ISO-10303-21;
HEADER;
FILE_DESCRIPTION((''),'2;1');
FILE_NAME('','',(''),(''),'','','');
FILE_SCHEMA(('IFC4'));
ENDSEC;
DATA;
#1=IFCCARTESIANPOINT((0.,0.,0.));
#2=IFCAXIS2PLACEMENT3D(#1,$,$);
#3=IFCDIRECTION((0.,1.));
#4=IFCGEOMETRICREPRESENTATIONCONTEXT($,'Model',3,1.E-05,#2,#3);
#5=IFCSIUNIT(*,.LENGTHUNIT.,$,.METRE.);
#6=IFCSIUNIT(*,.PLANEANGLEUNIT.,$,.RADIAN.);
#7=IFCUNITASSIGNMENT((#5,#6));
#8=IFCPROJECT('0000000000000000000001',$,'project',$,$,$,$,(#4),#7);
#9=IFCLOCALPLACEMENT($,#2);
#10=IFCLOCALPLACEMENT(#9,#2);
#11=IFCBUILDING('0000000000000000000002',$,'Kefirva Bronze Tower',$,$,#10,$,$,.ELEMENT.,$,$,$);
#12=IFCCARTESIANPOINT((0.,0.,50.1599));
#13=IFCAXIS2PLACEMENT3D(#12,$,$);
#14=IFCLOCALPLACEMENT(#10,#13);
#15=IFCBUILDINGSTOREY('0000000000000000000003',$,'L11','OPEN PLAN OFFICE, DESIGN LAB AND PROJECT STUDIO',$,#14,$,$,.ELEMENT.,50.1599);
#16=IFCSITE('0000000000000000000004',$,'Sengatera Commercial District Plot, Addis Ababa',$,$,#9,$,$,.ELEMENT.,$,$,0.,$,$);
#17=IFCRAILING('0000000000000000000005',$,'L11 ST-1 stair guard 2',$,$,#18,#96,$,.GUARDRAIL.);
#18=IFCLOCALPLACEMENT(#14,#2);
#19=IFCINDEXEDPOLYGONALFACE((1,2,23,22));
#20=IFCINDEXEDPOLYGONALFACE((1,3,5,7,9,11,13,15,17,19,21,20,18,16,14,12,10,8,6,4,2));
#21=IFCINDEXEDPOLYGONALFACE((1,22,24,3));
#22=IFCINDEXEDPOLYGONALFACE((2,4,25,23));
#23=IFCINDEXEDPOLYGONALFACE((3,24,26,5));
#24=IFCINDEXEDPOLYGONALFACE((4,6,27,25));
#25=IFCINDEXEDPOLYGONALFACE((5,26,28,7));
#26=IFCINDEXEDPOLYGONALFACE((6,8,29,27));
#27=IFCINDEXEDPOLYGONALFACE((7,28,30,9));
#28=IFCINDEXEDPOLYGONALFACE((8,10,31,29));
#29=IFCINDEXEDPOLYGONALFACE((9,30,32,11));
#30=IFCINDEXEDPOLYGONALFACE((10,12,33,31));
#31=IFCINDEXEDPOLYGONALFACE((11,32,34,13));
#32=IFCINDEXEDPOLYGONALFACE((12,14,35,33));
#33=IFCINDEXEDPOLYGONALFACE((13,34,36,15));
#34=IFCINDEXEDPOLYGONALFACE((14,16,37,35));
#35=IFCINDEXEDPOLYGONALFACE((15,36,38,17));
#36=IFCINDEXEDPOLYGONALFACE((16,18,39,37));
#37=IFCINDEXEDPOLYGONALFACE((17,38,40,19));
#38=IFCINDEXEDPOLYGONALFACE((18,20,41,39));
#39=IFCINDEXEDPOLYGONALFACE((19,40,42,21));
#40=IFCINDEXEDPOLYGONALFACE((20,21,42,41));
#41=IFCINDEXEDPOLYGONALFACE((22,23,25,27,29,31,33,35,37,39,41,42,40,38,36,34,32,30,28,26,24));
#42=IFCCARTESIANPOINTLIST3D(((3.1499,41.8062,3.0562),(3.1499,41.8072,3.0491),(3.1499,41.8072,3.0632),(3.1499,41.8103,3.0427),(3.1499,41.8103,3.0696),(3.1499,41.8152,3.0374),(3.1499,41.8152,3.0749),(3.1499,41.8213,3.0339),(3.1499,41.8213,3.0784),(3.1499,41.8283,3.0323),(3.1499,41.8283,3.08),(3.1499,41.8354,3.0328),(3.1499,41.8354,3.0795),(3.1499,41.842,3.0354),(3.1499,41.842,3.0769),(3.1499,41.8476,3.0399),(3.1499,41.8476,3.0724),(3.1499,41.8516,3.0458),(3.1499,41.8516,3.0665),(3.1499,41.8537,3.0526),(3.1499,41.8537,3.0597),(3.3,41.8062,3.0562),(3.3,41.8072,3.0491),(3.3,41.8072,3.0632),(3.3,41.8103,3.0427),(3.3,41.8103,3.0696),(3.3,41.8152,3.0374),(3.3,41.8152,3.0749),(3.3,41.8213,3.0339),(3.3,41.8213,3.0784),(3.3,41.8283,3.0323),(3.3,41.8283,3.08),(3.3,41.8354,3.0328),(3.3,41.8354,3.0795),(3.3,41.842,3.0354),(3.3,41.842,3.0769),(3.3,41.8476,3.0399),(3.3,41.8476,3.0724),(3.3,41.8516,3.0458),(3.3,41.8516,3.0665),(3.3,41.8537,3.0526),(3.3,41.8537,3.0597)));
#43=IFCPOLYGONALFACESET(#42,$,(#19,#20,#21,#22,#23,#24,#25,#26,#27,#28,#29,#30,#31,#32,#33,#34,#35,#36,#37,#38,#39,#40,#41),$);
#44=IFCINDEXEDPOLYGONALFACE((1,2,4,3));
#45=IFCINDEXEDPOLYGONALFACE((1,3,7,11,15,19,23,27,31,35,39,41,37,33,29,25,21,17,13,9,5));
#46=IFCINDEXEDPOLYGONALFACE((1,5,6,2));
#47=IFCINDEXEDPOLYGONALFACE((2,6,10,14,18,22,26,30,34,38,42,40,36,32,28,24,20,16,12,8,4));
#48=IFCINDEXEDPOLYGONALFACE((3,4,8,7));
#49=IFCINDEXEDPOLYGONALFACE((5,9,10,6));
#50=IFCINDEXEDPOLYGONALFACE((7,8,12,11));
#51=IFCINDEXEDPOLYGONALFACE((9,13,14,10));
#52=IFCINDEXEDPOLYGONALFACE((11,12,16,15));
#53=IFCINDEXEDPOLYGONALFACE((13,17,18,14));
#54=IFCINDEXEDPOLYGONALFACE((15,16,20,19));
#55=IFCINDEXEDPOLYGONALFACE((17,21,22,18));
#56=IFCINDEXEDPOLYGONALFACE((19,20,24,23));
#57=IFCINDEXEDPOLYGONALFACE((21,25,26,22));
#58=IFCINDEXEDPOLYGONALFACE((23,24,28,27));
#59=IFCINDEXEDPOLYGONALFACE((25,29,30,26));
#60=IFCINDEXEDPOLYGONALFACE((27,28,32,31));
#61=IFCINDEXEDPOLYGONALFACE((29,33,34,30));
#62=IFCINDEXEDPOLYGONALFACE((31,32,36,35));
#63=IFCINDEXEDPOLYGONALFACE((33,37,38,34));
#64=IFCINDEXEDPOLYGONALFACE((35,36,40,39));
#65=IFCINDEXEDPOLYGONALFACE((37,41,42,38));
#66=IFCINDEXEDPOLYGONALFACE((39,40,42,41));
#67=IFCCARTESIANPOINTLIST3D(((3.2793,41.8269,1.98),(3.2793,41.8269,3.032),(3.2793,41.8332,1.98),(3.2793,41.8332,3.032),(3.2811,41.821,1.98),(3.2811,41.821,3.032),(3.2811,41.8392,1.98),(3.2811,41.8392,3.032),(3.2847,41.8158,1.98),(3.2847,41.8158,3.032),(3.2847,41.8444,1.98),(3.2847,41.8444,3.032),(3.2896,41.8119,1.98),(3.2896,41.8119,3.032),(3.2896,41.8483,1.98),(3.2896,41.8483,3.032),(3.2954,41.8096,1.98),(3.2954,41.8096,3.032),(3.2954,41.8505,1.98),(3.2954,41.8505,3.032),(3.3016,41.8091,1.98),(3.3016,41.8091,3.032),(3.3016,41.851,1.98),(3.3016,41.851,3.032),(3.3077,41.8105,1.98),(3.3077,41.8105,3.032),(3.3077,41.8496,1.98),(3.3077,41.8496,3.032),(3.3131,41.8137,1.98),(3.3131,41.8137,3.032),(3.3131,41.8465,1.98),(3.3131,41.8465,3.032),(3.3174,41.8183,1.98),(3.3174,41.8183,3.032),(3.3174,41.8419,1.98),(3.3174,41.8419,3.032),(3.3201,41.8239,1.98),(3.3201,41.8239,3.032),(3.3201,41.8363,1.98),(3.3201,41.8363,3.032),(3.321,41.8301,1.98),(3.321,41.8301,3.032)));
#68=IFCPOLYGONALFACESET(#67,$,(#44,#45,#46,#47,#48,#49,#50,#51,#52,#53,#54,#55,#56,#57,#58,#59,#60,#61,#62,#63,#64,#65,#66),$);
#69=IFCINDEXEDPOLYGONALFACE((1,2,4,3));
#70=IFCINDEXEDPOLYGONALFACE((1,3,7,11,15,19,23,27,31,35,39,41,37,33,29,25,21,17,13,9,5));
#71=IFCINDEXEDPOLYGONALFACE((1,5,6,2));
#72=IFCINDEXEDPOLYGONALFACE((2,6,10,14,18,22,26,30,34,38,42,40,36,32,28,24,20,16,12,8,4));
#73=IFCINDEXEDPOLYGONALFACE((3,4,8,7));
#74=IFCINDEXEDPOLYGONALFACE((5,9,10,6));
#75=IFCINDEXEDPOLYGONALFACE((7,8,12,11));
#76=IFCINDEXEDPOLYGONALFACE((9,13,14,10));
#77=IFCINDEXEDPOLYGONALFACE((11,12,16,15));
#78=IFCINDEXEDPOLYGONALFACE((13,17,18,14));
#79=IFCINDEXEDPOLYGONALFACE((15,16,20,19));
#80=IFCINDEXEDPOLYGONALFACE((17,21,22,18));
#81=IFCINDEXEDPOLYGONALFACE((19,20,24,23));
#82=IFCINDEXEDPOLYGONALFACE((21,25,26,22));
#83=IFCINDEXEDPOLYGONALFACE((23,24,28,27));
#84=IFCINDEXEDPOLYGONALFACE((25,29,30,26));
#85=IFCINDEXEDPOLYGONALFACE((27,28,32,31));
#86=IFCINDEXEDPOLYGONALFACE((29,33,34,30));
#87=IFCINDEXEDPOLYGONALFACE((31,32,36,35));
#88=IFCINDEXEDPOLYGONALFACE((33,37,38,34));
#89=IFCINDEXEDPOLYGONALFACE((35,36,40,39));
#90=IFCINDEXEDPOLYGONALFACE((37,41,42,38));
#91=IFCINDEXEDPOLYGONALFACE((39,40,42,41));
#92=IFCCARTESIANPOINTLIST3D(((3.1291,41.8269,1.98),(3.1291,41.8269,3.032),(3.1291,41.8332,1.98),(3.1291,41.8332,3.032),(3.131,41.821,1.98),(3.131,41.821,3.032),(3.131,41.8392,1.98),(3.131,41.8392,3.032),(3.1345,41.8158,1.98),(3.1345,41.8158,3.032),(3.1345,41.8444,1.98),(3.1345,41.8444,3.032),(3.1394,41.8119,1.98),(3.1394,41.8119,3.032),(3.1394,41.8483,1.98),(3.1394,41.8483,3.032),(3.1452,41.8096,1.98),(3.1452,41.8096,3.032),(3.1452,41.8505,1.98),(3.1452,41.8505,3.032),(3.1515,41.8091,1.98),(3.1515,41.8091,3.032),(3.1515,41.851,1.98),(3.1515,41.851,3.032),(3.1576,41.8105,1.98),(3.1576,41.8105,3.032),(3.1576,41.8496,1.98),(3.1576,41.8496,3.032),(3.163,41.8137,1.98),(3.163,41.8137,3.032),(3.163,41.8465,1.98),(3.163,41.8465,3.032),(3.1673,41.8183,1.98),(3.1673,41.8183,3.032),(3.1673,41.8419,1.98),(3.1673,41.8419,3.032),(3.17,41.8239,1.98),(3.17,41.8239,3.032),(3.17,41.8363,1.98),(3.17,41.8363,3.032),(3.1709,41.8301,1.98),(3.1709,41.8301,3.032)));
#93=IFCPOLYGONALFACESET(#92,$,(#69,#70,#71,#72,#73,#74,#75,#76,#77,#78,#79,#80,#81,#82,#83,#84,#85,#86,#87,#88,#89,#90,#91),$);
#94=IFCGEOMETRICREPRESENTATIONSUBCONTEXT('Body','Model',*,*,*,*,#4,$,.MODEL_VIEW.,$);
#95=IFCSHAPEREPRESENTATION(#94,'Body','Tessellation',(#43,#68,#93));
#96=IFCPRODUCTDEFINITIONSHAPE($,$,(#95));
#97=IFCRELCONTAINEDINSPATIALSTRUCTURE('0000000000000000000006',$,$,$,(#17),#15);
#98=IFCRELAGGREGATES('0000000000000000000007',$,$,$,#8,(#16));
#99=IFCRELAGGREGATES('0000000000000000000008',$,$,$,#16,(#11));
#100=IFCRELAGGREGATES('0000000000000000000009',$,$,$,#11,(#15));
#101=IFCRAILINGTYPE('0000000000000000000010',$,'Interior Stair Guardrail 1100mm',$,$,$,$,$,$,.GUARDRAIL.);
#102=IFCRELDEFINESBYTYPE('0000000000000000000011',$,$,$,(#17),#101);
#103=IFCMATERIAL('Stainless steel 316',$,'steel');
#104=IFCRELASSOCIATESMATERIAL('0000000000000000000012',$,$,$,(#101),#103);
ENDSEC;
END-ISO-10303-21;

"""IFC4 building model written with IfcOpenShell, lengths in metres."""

from ifc_helpers import new_model, si_unit, direction, frame, origin, origin_2d, place, context, subcontext, project, spatial, circle, extrude, material, type_object, element, save


model = new_model("IFC4")

# Units and contexts
model_context = context("Model", 3, precision=1e-05, world=origin(), true_north=direction((0.0, 1.0)))
body_context = subcontext(model_context, "Body", "Model", "MODEL_VIEW")
ifc_project = project(units=[si_unit("LENGTHUNIT", "METRE"), si_unit("PLANEANGLEUNIT", "RADIAN")], contexts=[model_context])

# Site, building, storey
site_placement = place(None, origin())
site = spatial("IfcSite", under=ifc_project, at=site_placement, Name="Sengatera Commercial District Plot, Addis Ababa", CompositionType="ELEMENT", RefElevation=0.0)
building_placement = place(site_placement, origin())
building = spatial("IfcBuilding", under=site, at=building_placement, Name="Kefirva Bronze Tower", CompositionType="ELEMENT")
storey_placement = place(building_placement, frame((0.0, 0.0, 50.1599)))
storey = spatial("IfcBuildingStorey", under=building, at=storey_placement, Name="L11", Description="OPEN PLAN OFFICE, DESIGN LAB AND PROJECT STUDIO", CompositionType="ELEMENT", Elevation=50.1599)

# Railing
ifc_material_1 = material(Name="Stainless steel 316", Category="steel")
railing_type_1 = type_object("IfcRailingType", Name="Interior Stair Guardrail 1100mm", PredefinedType="GUARDRAIL", material=ifc_material_1)
railing_1_placement = place(storey_placement, frame((3.3, 41.8301, 1.98)))
element("IfcRailing", 1, at=railing_1_placement, inside=storey, type_object=railing_type_1, Name="L11 ST-1 stair guard 2", PredefinedType="GUARDRAIL", context=body_context, shape_type="SweptSolid", body=[
    extrude(circle(Radius=0.0239, at=origin_2d()), frame((0.0, 0.0, 1.0762), z_axis=(-1.0, 0.0, 0.0), x_axis=(0.0, -1.0, 0.0)), (0.0, 0.0, 1.0), 0.1501),
    extrude(circle(Radius=0.021, at=origin_2d()), origin(), (0.0, 0.0, 1.0), 1.052),
    extrude(circle(Radius=0.021, at=origin_2d()), frame((-0.1501, 0.0, 0.0)), (0.0, 0.0, 1.0), 1.052),
])

save(model, "model.ifc")
